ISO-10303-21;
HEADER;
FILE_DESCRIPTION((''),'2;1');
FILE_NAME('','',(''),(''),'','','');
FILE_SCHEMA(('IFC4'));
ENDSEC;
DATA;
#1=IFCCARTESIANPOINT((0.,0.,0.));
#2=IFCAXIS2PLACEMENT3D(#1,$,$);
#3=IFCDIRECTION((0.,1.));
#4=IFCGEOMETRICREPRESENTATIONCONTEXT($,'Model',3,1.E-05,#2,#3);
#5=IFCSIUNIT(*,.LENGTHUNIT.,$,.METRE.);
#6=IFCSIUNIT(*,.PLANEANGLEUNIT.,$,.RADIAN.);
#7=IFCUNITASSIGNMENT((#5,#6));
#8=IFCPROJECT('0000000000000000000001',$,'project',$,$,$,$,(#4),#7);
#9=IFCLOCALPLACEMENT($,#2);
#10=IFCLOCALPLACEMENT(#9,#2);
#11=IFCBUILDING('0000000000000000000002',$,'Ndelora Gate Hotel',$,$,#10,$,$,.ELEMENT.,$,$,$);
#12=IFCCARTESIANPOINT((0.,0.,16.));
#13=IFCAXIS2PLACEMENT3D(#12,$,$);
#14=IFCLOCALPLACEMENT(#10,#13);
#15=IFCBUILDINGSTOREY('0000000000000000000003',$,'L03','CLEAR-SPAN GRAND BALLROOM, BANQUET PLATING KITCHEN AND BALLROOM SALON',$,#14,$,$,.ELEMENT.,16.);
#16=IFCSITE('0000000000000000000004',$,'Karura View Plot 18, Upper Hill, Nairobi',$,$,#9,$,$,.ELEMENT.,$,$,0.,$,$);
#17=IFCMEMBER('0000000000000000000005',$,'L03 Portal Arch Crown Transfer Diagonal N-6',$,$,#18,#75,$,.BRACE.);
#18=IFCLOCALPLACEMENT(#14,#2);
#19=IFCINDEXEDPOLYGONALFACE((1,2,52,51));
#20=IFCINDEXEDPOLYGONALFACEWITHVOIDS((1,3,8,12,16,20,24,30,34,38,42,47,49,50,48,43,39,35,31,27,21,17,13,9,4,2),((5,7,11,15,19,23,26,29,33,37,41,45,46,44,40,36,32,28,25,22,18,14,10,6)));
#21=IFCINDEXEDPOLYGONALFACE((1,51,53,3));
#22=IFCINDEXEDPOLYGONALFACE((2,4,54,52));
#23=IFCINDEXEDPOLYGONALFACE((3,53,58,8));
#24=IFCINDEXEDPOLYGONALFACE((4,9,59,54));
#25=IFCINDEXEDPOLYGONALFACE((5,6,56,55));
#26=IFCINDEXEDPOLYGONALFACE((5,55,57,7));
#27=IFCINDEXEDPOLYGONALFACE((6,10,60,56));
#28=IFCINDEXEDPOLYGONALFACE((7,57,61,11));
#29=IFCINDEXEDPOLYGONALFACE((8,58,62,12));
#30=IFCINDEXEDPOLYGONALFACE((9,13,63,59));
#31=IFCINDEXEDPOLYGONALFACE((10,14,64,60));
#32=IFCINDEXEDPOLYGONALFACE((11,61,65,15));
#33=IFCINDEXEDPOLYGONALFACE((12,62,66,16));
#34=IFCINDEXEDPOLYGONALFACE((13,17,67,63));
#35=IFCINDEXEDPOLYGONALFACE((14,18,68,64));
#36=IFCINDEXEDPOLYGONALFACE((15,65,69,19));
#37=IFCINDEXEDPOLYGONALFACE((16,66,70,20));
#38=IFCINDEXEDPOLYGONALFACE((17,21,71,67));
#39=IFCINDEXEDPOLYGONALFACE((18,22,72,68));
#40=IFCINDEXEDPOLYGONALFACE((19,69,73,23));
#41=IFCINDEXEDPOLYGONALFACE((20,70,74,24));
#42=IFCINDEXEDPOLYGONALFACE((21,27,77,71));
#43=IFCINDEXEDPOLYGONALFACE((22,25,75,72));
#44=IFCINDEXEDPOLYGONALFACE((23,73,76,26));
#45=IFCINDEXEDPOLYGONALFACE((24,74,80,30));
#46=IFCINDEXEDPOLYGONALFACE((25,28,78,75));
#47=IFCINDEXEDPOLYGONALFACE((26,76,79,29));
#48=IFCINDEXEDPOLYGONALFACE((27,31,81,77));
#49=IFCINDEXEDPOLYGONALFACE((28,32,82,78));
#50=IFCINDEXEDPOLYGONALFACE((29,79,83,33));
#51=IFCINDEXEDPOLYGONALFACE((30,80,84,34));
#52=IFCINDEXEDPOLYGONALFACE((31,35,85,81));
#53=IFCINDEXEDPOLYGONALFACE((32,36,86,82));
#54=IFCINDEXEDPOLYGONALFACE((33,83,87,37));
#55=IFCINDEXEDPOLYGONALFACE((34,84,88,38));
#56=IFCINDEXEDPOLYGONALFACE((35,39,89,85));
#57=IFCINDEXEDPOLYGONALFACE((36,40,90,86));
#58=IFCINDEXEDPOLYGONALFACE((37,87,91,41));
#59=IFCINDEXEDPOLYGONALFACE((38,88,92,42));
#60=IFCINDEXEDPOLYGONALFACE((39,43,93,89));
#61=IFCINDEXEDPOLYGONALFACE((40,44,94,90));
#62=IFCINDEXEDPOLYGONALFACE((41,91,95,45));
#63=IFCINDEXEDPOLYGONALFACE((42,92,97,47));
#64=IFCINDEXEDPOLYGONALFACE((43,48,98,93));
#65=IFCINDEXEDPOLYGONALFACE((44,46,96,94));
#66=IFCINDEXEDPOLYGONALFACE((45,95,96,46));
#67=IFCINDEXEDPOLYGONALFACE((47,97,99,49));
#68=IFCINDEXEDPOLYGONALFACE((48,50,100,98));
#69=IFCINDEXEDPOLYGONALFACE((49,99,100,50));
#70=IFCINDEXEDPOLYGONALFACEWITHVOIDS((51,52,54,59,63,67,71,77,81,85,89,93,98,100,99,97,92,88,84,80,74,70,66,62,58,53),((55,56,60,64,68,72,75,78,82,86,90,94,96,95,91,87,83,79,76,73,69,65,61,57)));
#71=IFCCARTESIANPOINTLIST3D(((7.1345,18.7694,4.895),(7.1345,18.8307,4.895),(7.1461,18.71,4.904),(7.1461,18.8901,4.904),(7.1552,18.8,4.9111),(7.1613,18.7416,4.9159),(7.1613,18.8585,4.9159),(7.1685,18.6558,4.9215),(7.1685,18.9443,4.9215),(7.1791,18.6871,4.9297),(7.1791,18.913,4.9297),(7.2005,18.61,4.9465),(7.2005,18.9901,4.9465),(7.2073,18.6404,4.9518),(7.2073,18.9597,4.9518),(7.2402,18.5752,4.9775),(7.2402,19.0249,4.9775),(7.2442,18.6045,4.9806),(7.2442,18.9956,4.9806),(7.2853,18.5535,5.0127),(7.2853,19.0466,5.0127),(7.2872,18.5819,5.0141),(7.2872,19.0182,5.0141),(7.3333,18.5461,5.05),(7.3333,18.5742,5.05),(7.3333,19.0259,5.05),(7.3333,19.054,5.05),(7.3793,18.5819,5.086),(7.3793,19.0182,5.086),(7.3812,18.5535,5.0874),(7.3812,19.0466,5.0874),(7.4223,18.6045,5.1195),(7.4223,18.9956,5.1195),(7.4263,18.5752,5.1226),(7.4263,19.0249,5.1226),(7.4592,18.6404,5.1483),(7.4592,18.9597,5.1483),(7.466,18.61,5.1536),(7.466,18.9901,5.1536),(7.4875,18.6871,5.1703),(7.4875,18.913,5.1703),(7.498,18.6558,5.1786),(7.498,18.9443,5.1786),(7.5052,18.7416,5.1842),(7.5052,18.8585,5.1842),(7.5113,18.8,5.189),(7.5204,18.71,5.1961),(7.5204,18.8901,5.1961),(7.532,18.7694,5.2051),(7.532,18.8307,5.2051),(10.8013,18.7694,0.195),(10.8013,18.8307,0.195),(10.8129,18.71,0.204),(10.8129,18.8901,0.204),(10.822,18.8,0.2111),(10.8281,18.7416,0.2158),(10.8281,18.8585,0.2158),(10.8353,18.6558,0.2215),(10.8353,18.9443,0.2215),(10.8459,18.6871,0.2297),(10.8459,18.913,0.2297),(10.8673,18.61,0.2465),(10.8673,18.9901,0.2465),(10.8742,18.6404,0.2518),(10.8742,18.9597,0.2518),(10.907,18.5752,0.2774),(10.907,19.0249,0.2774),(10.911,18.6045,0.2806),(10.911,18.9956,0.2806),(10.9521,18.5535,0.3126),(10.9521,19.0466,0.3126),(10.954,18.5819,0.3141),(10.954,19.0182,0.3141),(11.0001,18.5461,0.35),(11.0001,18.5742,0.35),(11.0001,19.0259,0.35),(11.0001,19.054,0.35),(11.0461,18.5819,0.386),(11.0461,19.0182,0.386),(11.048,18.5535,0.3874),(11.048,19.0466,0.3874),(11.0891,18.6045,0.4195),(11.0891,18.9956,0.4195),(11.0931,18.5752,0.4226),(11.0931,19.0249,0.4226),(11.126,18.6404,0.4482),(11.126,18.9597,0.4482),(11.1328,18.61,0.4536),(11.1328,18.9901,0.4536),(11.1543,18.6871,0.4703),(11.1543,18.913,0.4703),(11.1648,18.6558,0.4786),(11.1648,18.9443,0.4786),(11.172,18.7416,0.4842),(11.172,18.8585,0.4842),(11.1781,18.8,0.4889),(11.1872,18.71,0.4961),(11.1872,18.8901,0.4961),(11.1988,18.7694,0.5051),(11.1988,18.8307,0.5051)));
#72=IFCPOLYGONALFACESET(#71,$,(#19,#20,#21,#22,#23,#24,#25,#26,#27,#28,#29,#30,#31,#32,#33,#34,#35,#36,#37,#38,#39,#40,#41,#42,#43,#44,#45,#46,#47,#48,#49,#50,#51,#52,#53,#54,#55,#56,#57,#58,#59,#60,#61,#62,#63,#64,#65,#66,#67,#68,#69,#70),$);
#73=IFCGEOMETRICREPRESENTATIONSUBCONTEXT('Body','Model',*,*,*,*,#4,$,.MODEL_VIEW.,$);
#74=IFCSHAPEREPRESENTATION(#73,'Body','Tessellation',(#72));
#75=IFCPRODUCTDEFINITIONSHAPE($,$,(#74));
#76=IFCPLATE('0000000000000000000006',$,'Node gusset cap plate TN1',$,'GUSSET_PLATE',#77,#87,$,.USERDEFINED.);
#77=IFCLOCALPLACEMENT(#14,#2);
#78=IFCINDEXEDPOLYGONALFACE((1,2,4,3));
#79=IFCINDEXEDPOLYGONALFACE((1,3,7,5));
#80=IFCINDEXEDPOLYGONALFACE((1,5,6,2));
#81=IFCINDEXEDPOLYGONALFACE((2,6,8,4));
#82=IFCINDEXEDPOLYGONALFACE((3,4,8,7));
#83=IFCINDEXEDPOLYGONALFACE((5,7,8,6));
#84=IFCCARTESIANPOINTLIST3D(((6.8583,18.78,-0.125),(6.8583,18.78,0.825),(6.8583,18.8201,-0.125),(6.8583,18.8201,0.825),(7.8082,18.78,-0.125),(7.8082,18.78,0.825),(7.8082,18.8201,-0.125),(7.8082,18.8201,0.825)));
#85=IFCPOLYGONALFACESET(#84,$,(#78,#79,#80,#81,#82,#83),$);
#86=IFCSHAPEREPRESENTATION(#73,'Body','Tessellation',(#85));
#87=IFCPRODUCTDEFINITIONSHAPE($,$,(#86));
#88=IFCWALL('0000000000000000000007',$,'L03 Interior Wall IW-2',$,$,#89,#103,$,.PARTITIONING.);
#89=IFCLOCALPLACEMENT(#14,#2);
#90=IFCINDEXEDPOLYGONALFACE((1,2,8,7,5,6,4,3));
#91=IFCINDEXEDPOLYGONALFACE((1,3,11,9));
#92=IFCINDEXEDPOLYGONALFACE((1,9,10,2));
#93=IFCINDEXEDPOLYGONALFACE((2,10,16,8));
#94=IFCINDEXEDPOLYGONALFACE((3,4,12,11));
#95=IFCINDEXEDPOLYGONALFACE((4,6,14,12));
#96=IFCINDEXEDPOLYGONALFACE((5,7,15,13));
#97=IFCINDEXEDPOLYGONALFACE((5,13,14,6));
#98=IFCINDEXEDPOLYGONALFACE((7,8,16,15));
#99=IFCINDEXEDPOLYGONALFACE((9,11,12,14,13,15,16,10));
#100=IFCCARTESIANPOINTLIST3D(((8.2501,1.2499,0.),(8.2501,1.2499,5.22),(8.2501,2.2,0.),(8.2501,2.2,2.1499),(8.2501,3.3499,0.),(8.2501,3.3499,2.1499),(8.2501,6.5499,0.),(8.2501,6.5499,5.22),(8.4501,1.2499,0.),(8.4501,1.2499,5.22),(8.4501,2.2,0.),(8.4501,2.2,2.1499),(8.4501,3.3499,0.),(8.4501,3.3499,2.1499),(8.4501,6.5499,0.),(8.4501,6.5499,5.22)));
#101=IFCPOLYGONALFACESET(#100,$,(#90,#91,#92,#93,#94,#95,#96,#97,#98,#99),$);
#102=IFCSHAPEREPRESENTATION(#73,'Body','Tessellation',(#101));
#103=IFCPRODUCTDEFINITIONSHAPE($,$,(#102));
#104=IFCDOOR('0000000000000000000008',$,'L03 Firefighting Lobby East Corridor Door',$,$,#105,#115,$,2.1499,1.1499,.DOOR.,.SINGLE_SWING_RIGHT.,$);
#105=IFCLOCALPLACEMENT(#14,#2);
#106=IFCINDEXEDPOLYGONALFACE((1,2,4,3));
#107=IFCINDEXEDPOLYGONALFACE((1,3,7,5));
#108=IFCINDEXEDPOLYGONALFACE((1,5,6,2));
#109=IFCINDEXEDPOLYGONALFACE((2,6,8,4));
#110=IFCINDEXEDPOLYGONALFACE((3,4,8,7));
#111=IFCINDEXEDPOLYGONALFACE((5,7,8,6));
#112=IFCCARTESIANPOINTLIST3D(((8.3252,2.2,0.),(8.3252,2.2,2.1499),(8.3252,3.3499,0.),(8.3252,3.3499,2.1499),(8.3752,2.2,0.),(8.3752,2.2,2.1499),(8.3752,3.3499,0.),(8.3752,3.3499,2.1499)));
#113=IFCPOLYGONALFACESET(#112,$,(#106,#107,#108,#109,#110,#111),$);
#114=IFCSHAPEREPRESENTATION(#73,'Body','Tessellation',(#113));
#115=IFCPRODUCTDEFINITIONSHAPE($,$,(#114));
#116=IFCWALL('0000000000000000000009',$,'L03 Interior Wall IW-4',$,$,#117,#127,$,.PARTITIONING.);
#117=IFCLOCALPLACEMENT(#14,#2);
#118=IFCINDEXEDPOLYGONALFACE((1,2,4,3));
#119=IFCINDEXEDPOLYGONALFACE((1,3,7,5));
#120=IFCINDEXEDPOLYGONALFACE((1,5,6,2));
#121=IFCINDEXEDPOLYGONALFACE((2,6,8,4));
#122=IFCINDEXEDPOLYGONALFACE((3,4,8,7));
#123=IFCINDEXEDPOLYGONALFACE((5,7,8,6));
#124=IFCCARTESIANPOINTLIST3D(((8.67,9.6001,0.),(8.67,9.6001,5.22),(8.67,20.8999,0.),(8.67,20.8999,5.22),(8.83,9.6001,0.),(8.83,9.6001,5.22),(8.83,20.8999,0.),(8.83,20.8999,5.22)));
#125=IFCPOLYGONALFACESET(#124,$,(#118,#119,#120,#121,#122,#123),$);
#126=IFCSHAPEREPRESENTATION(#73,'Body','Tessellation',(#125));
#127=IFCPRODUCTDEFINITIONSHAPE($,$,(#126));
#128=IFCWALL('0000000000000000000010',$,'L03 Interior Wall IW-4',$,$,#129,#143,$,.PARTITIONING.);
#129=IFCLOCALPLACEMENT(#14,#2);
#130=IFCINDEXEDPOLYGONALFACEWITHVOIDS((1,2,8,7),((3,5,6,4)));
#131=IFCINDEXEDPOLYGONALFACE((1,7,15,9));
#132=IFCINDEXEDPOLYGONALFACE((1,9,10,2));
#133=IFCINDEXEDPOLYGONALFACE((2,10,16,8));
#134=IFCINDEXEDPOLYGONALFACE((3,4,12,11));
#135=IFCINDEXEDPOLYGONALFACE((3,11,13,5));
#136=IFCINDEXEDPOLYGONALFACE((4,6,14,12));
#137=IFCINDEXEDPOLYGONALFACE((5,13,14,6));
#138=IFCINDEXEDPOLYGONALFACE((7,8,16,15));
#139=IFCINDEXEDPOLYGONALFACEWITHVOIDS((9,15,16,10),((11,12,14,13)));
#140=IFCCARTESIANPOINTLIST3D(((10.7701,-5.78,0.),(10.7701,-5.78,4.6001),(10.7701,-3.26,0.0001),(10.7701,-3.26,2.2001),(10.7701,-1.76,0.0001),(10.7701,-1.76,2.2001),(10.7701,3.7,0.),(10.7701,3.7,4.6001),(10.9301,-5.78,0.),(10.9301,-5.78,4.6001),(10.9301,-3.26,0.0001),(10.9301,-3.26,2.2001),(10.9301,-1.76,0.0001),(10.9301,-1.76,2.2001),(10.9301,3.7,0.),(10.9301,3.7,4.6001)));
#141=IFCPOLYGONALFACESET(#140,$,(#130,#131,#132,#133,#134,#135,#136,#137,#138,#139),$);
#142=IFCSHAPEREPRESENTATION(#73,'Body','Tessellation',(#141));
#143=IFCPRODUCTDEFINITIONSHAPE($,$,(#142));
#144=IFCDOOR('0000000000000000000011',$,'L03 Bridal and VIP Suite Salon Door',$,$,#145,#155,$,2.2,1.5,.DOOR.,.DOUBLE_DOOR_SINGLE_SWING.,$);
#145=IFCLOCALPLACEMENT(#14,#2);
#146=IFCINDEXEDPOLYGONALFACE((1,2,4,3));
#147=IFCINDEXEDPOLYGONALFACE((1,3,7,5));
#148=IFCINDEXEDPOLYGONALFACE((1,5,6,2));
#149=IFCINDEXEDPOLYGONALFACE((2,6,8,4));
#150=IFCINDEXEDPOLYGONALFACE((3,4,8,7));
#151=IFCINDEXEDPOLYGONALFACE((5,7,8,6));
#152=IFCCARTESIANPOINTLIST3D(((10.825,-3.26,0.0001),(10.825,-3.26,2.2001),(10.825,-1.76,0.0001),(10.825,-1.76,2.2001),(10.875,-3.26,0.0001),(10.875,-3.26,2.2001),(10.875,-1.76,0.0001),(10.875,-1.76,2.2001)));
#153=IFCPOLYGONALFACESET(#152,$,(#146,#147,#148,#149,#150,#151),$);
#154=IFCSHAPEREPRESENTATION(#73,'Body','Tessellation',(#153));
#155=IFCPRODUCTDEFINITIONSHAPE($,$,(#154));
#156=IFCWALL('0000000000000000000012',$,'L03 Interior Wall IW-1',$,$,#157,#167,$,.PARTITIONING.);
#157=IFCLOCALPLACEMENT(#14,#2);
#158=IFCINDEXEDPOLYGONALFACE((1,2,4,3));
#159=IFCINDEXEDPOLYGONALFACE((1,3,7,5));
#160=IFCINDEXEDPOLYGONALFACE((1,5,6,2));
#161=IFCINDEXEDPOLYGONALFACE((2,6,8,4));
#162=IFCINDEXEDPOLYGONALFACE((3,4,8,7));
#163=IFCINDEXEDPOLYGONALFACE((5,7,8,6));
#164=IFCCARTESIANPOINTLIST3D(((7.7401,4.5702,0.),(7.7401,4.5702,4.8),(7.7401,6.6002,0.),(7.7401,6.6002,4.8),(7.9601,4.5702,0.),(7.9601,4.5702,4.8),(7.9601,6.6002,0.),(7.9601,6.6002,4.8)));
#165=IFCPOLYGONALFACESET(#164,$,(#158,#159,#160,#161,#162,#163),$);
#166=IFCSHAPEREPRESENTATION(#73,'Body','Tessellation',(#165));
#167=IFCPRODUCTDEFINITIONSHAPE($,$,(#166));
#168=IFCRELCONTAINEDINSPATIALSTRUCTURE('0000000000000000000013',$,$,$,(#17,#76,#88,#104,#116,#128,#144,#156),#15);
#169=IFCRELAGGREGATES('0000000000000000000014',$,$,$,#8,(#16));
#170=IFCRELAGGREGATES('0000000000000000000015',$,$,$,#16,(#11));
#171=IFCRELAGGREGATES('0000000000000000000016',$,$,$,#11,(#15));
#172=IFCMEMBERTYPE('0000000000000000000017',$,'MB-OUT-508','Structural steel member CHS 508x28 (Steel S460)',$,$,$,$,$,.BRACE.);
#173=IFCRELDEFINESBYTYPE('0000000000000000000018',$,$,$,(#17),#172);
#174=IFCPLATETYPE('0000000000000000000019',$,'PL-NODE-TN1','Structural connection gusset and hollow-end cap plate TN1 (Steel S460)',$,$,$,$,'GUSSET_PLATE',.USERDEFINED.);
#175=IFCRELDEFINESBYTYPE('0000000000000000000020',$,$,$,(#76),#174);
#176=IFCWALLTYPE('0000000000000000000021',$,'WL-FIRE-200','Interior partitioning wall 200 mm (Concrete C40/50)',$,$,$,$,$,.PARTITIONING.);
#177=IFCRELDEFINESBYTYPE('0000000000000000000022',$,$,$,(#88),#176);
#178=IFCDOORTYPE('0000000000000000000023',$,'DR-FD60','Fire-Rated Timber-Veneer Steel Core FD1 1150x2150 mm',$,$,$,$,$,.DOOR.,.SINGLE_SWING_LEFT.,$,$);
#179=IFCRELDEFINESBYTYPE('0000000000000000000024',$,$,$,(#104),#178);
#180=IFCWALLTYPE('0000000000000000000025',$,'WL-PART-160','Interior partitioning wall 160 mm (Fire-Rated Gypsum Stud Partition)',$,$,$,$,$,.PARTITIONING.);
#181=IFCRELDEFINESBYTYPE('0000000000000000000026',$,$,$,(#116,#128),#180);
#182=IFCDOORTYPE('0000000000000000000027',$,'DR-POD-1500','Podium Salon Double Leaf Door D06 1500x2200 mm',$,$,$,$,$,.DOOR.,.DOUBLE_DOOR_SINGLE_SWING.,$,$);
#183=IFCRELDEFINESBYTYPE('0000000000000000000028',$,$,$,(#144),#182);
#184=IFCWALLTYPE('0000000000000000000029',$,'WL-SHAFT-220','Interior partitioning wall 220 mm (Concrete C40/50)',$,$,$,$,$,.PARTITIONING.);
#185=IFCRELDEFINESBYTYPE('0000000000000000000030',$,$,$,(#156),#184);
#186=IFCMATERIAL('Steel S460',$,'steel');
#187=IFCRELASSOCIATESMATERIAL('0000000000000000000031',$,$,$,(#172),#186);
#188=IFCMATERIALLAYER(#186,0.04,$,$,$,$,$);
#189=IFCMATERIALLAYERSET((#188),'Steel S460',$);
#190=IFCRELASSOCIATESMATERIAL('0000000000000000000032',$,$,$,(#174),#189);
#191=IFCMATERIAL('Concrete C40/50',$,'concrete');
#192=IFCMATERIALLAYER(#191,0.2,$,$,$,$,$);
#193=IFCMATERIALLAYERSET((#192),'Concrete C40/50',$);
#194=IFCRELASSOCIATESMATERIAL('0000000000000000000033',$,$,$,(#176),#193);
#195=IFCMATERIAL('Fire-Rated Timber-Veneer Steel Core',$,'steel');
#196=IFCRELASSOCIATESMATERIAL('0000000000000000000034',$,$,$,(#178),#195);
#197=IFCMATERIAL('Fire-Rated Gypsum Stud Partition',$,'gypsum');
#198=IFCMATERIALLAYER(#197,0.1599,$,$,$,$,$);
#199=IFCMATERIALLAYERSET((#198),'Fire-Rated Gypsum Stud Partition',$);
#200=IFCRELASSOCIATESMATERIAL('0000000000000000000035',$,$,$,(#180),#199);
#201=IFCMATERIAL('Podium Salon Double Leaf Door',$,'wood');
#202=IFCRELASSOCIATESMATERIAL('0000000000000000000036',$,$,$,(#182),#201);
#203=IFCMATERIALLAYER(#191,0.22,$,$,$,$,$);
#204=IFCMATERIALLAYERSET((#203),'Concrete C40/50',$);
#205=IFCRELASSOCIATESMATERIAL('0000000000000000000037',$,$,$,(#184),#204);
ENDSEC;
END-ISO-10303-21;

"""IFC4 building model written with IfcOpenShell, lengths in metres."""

from ifc_helpers import new_model, si_unit, direction, frame, frame_2d, origin, origin_2d, place, context, subcontext, project, spatial, rectangle, hollow_circle, extrude, material, layer, layer_set, material_profile, profile_set, type_object, element, fill, save


model = new_model("IFC4")

# Units and contexts
model_context = context("Model", 3, precision=1e-05, world=origin(), true_north=direction((0.0, 1.0)))
body_context = subcontext(model_context, "Body", "Model", "MODEL_VIEW")
ifc_project = project(units=[si_unit("LENGTHUNIT", "METRE"), si_unit("PLANEANGLEUNIT", "RADIAN")], contexts=[model_context])

# Site, building, storey
site_placement = place(None, origin())
site = spatial("IfcSite", under=ifc_project, at=site_placement, Name="Karura View Plot 18, Upper Hill, Nairobi", CompositionType="ELEMENT", RefElevation=0.0)
building_placement = place(site_placement, origin())
building = spatial("IfcBuilding", under=site, at=building_placement, Name="Ndelora Gate Hotel", CompositionType="ELEMENT")
storey_placement = place(building_placement, frame((0.0, 0.0, 16.0)))
storey = spatial("IfcBuildingStorey", under=building, at=storey_placement, Name="L03", Description="CLEAR-SPAN GRAND BALLROOM, BANQUET PLATING KITCHEN AND BALLROOM SALON", CompositionType="ELEMENT", Elevation=16.0)

# Shared definitions
ifc_material_1 = material(Name="Steel S460", Category="steel")

# Member
ifc_material_profile_1 = material_profile(ifc_material_1, hollow_circle(Radius=0.2539, WallThickness=0.0281, at=origin_2d()), Name="CHS 508x28")
ifc_profile_set_1 = profile_set([ifc_material_profile_1], Name="Steel S460")
member_type = type_object("IfcMemberType", Name="MB-OUT-508", Description="Structural steel member CHS 508x28 (Steel S460)", PredefinedType="BRACE", material=ifc_profile_set_1)
member_placement = place(storey_placement, frame((7.3333, 18.8, 5.05), z_axis=(0.615114, 0.0, -0.788438), x_axis=(0.0, 1.0, 0.0)))
element("IfcMember", 1, at=member_placement, inside=storey, type_object=member_type, Name="L03 Portal Arch Crown Transfer Diagonal N-6", PredefinedType="BRACE", context=body_context, shape_type="SweptSolid", body=[
    extrude(hollow_circle(Radius=0.2539, WallThickness=0.0281, at=origin_2d()), origin(), (0.0, 0.0, 1.0), 5.9612),
])

# Plate
ifc_layer_1 = layer(ifc_material_1, 0.04)
ifc_layer_set_1 = layer_set([ifc_layer_1], Name="Steel S460")
plate_type = type_object("IfcPlateType", Name="PL-NODE-TN1", Description="Structural connection gusset and hollow-end cap plate TN1 (Steel S460)", ElementType="GUSSET_PLATE", PredefinedType="USERDEFINED", material=ifc_layer_set_1)
plate_placement = place(storey_placement, frame((7.3333, 18.8, -0.125), z_axis=(0.0, 0.0, 1.0), x_axis=(1.0, 0.0, 0.0)))
element("IfcPlate", 2, at=plate_placement, inside=storey, type_object=plate_type, Name="Node gusset cap plate TN1", ObjectType="GUSSET_PLATE", PredefinedType="USERDEFINED", context=body_context, shape_type="SweptSolid", body=[
    extrude(rectangle(XDim=0.95, YDim=0.04, at=origin_2d()), origin(), (0.0, 0.0, 1.0), 0.95),
])

# Wall, opening, door
ifc_material_2 = material(Name="Concrete C40/50", Category="concrete")
ifc_layer_2 = layer(ifc_material_2, 0.2)
ifc_layer_set_2 = layer_set([ifc_layer_2], Name="Concrete C40/50")
wall_type_1 = type_object("IfcWallType", Name="WL-FIRE-200", Description="Interior partitioning wall 200 mm (Concrete C40/50)", PredefinedType="PARTITIONING", material=ifc_layer_set_2)
wall_1_placement = place(storey_placement, frame((8.3501, 1.25, 0.0), z_axis=(0.0, 0.0, 1.0), x_axis=(0.0, 1.0, 0.0)))
wall_1 = element("IfcWall", 3, at=wall_1_placement, inside=storey, type_object=wall_type_1, Name="L03 Interior Wall IW-2", PredefinedType="PARTITIONING", context=body_context, shape_type="SweptSolid", body=[
    extrude(rectangle(XDim=5.3, YDim=0.2, at=frame_2d((2.6499, 0.0))), origin(), (0.0, 0.0, 1.0), 5.22),
])
opening_1_placement = place(wall_1_placement, frame((0.95, 0.0, 0.0)))
opening_1 = element("IfcOpeningElement", 4, at=opening_1_placement, cuts=wall_1, PredefinedType="OPENING", context=body_context, shape_type="SweptSolid", body=[
    extrude(rectangle(XDim=1.1499, YDim=2.1499, at=frame_2d((0.575, 1.075))), frame((0.0, 0.1099, 0.0), z_axis=(0.0, -1.0, 0.0), x_axis=(1.0, 0.0, 0.0)), (0.0, 0.0, 1.0), 0.22),
])
ifc_material_3 = material(Name="Fire-Rated Timber-Veneer Steel Core", Category="steel")
door_type_1 = type_object("IfcDoorType", Name="DR-FD60", Description="Fire-Rated Timber-Veneer Steel Core FD1 1150x2150 mm", OperationType="SINGLE_SWING_LEFT", PredefinedType="DOOR", material=ifc_material_3)
door_1_placement = place(opening_1_placement, origin())
door_1 = element("IfcDoor", 5, at=door_1_placement, inside=storey, type_object=door_type_1, Name="L03 Firefighting Lobby East Corridor Door", OperationType="SINGLE_SWING_RIGHT", OverallHeight=2.1499, OverallWidth=1.1499, PredefinedType="DOOR", context=body_context, shape_type="SweptSolid", body=[
    extrude(rectangle(XDim=1.1499, YDim=2.1499, at=frame_2d((0.575, 1.075))), frame((0.0, 0.0249, 0.0), z_axis=(0.0, -1.0, 0.0), x_axis=(1.0, 0.0, 0.0)), (0.0, 0.0, 1.0), 0.05),
])
fill(opening_1, door_1)

# Wall
ifc_material_4 = material(Name="Fire-Rated Gypsum Stud Partition", Category="gypsum")
ifc_layer_3 = layer(ifc_material_4, 0.1599)
ifc_layer_set_3 = layer_set([ifc_layer_3], Name="Fire-Rated Gypsum Stud Partition")
wall_type_2 = type_object("IfcWallType", Name="WL-PART-160", Description="Interior partitioning wall 160 mm (Fire-Rated Gypsum Stud Partition)", PredefinedType="PARTITIONING", material=ifc_layer_set_3)
wall_2_placement = place(storey_placement, frame((8.75, 9.6001, 0.0), z_axis=(0.0, 0.0, 1.0), x_axis=(0.0, 1.0, 0.0)))
element("IfcWall", 6, at=wall_2_placement, inside=storey, type_object=wall_type_2, Name="L03 Interior Wall IW-4", PredefinedType="PARTITIONING", context=body_context, shape_type="SweptSolid", body=[
    extrude(rectangle(XDim=11.2998, YDim=0.1599, at=frame_2d((5.6499, 0.0))), origin(), (0.0, 0.0, 1.0), 5.22),
])

# Wall, opening, door
wall_3_placement = place(storey_placement, frame((10.8501, 3.7, 0.0), z_axis=(0.0, 0.0, 1.0), x_axis=(0.0, -1.0, 0.0)))
wall_3 = element("IfcWall", 7, at=wall_3_placement, inside=storey, type_object=wall_type_2, Name="L03 Interior Wall IW-4", PredefinedType="PARTITIONING", context=body_context, shape_type="SweptSolid", body=[
    extrude(rectangle(XDim=9.48, YDim=0.1599, at=frame_2d((4.74, 0.0))), origin(), (0.0, 0.0, 1.0), 4.6001),
])
opening_2_placement = place(wall_3_placement, frame((5.46, 0.0, 0.0)))
opening_2 = element("IfcOpeningElement", 8, at=opening_2_placement, cuts=wall_3, PredefinedType="OPENING", context=body_context, shape_type="SweptSolid", body=[
    extrude(rectangle(XDim=1.5, YDim=2.2, at=frame_2d((0.75, 1.1001))), frame((0.0, 0.0898, 0.0), z_axis=(0.0, -1.0, 0.0), x_axis=(1.0, 0.0, 0.0)), (0.0, 0.0, 1.0), 0.1799),
])
ifc_material_5 = material(Name="Podium Salon Double Leaf Door", Category="wood")
door_type_2 = type_object("IfcDoorType", Name="DR-POD-1500", Description="Podium Salon Double Leaf Door D06 1500x2200 mm", OperationType="DOUBLE_DOOR_SINGLE_SWING", PredefinedType="DOOR", material=ifc_material_5)
door_2_placement = place(opening_2_placement, origin())
door_2 = element("IfcDoor", 9, at=door_2_placement, inside=storey, type_object=door_type_2, Name="L03 Bridal and VIP Suite Salon Door", OperationType="DOUBLE_DOOR_SINGLE_SWING", OverallHeight=2.2, OverallWidth=1.5, PredefinedType="DOOR", context=body_context, shape_type="SweptSolid", body=[
    extrude(rectangle(XDim=1.5, YDim=2.2, at=frame_2d((0.75, 1.1001))), frame((0.0, 0.0249, 0.0), z_axis=(0.0, -1.0, 0.0), x_axis=(1.0, 0.0, 0.0)), (0.0, 0.0, 1.0), 0.05),
])
fill(opening_2, door_2)

# Wall
ifc_layer_4 = layer(ifc_material_2, 0.22)
ifc_layer_set_4 = layer_set([ifc_layer_4], Name="Concrete C40/50")
wall_type_3 = type_object("IfcWallType", Name="WL-SHAFT-220", Description="Interior partitioning wall 220 mm (Concrete C40/50)", PredefinedType="PARTITIONING", material=ifc_layer_set_4)
wall_4_placement = place(storey_placement, frame((7.8501, 4.5701, 0.0), z_axis=(0.0, 0.0, 1.0), x_axis=(0.0, 1.0, 0.0)))
element("IfcWall", 10, at=wall_4_placement, inside=storey, type_object=wall_type_3, Name="L03 Interior Wall IW-1", PredefinedType="PARTITIONING", context=body_context, shape_type="SweptSolid", body=[
    extrude(rectangle(XDim=2.03, YDim=0.22, at=frame_2d((1.0151, 0.0))), origin(), (0.0, 0.0, 1.0), 4.8),
])

save(model, "model.ifc")
